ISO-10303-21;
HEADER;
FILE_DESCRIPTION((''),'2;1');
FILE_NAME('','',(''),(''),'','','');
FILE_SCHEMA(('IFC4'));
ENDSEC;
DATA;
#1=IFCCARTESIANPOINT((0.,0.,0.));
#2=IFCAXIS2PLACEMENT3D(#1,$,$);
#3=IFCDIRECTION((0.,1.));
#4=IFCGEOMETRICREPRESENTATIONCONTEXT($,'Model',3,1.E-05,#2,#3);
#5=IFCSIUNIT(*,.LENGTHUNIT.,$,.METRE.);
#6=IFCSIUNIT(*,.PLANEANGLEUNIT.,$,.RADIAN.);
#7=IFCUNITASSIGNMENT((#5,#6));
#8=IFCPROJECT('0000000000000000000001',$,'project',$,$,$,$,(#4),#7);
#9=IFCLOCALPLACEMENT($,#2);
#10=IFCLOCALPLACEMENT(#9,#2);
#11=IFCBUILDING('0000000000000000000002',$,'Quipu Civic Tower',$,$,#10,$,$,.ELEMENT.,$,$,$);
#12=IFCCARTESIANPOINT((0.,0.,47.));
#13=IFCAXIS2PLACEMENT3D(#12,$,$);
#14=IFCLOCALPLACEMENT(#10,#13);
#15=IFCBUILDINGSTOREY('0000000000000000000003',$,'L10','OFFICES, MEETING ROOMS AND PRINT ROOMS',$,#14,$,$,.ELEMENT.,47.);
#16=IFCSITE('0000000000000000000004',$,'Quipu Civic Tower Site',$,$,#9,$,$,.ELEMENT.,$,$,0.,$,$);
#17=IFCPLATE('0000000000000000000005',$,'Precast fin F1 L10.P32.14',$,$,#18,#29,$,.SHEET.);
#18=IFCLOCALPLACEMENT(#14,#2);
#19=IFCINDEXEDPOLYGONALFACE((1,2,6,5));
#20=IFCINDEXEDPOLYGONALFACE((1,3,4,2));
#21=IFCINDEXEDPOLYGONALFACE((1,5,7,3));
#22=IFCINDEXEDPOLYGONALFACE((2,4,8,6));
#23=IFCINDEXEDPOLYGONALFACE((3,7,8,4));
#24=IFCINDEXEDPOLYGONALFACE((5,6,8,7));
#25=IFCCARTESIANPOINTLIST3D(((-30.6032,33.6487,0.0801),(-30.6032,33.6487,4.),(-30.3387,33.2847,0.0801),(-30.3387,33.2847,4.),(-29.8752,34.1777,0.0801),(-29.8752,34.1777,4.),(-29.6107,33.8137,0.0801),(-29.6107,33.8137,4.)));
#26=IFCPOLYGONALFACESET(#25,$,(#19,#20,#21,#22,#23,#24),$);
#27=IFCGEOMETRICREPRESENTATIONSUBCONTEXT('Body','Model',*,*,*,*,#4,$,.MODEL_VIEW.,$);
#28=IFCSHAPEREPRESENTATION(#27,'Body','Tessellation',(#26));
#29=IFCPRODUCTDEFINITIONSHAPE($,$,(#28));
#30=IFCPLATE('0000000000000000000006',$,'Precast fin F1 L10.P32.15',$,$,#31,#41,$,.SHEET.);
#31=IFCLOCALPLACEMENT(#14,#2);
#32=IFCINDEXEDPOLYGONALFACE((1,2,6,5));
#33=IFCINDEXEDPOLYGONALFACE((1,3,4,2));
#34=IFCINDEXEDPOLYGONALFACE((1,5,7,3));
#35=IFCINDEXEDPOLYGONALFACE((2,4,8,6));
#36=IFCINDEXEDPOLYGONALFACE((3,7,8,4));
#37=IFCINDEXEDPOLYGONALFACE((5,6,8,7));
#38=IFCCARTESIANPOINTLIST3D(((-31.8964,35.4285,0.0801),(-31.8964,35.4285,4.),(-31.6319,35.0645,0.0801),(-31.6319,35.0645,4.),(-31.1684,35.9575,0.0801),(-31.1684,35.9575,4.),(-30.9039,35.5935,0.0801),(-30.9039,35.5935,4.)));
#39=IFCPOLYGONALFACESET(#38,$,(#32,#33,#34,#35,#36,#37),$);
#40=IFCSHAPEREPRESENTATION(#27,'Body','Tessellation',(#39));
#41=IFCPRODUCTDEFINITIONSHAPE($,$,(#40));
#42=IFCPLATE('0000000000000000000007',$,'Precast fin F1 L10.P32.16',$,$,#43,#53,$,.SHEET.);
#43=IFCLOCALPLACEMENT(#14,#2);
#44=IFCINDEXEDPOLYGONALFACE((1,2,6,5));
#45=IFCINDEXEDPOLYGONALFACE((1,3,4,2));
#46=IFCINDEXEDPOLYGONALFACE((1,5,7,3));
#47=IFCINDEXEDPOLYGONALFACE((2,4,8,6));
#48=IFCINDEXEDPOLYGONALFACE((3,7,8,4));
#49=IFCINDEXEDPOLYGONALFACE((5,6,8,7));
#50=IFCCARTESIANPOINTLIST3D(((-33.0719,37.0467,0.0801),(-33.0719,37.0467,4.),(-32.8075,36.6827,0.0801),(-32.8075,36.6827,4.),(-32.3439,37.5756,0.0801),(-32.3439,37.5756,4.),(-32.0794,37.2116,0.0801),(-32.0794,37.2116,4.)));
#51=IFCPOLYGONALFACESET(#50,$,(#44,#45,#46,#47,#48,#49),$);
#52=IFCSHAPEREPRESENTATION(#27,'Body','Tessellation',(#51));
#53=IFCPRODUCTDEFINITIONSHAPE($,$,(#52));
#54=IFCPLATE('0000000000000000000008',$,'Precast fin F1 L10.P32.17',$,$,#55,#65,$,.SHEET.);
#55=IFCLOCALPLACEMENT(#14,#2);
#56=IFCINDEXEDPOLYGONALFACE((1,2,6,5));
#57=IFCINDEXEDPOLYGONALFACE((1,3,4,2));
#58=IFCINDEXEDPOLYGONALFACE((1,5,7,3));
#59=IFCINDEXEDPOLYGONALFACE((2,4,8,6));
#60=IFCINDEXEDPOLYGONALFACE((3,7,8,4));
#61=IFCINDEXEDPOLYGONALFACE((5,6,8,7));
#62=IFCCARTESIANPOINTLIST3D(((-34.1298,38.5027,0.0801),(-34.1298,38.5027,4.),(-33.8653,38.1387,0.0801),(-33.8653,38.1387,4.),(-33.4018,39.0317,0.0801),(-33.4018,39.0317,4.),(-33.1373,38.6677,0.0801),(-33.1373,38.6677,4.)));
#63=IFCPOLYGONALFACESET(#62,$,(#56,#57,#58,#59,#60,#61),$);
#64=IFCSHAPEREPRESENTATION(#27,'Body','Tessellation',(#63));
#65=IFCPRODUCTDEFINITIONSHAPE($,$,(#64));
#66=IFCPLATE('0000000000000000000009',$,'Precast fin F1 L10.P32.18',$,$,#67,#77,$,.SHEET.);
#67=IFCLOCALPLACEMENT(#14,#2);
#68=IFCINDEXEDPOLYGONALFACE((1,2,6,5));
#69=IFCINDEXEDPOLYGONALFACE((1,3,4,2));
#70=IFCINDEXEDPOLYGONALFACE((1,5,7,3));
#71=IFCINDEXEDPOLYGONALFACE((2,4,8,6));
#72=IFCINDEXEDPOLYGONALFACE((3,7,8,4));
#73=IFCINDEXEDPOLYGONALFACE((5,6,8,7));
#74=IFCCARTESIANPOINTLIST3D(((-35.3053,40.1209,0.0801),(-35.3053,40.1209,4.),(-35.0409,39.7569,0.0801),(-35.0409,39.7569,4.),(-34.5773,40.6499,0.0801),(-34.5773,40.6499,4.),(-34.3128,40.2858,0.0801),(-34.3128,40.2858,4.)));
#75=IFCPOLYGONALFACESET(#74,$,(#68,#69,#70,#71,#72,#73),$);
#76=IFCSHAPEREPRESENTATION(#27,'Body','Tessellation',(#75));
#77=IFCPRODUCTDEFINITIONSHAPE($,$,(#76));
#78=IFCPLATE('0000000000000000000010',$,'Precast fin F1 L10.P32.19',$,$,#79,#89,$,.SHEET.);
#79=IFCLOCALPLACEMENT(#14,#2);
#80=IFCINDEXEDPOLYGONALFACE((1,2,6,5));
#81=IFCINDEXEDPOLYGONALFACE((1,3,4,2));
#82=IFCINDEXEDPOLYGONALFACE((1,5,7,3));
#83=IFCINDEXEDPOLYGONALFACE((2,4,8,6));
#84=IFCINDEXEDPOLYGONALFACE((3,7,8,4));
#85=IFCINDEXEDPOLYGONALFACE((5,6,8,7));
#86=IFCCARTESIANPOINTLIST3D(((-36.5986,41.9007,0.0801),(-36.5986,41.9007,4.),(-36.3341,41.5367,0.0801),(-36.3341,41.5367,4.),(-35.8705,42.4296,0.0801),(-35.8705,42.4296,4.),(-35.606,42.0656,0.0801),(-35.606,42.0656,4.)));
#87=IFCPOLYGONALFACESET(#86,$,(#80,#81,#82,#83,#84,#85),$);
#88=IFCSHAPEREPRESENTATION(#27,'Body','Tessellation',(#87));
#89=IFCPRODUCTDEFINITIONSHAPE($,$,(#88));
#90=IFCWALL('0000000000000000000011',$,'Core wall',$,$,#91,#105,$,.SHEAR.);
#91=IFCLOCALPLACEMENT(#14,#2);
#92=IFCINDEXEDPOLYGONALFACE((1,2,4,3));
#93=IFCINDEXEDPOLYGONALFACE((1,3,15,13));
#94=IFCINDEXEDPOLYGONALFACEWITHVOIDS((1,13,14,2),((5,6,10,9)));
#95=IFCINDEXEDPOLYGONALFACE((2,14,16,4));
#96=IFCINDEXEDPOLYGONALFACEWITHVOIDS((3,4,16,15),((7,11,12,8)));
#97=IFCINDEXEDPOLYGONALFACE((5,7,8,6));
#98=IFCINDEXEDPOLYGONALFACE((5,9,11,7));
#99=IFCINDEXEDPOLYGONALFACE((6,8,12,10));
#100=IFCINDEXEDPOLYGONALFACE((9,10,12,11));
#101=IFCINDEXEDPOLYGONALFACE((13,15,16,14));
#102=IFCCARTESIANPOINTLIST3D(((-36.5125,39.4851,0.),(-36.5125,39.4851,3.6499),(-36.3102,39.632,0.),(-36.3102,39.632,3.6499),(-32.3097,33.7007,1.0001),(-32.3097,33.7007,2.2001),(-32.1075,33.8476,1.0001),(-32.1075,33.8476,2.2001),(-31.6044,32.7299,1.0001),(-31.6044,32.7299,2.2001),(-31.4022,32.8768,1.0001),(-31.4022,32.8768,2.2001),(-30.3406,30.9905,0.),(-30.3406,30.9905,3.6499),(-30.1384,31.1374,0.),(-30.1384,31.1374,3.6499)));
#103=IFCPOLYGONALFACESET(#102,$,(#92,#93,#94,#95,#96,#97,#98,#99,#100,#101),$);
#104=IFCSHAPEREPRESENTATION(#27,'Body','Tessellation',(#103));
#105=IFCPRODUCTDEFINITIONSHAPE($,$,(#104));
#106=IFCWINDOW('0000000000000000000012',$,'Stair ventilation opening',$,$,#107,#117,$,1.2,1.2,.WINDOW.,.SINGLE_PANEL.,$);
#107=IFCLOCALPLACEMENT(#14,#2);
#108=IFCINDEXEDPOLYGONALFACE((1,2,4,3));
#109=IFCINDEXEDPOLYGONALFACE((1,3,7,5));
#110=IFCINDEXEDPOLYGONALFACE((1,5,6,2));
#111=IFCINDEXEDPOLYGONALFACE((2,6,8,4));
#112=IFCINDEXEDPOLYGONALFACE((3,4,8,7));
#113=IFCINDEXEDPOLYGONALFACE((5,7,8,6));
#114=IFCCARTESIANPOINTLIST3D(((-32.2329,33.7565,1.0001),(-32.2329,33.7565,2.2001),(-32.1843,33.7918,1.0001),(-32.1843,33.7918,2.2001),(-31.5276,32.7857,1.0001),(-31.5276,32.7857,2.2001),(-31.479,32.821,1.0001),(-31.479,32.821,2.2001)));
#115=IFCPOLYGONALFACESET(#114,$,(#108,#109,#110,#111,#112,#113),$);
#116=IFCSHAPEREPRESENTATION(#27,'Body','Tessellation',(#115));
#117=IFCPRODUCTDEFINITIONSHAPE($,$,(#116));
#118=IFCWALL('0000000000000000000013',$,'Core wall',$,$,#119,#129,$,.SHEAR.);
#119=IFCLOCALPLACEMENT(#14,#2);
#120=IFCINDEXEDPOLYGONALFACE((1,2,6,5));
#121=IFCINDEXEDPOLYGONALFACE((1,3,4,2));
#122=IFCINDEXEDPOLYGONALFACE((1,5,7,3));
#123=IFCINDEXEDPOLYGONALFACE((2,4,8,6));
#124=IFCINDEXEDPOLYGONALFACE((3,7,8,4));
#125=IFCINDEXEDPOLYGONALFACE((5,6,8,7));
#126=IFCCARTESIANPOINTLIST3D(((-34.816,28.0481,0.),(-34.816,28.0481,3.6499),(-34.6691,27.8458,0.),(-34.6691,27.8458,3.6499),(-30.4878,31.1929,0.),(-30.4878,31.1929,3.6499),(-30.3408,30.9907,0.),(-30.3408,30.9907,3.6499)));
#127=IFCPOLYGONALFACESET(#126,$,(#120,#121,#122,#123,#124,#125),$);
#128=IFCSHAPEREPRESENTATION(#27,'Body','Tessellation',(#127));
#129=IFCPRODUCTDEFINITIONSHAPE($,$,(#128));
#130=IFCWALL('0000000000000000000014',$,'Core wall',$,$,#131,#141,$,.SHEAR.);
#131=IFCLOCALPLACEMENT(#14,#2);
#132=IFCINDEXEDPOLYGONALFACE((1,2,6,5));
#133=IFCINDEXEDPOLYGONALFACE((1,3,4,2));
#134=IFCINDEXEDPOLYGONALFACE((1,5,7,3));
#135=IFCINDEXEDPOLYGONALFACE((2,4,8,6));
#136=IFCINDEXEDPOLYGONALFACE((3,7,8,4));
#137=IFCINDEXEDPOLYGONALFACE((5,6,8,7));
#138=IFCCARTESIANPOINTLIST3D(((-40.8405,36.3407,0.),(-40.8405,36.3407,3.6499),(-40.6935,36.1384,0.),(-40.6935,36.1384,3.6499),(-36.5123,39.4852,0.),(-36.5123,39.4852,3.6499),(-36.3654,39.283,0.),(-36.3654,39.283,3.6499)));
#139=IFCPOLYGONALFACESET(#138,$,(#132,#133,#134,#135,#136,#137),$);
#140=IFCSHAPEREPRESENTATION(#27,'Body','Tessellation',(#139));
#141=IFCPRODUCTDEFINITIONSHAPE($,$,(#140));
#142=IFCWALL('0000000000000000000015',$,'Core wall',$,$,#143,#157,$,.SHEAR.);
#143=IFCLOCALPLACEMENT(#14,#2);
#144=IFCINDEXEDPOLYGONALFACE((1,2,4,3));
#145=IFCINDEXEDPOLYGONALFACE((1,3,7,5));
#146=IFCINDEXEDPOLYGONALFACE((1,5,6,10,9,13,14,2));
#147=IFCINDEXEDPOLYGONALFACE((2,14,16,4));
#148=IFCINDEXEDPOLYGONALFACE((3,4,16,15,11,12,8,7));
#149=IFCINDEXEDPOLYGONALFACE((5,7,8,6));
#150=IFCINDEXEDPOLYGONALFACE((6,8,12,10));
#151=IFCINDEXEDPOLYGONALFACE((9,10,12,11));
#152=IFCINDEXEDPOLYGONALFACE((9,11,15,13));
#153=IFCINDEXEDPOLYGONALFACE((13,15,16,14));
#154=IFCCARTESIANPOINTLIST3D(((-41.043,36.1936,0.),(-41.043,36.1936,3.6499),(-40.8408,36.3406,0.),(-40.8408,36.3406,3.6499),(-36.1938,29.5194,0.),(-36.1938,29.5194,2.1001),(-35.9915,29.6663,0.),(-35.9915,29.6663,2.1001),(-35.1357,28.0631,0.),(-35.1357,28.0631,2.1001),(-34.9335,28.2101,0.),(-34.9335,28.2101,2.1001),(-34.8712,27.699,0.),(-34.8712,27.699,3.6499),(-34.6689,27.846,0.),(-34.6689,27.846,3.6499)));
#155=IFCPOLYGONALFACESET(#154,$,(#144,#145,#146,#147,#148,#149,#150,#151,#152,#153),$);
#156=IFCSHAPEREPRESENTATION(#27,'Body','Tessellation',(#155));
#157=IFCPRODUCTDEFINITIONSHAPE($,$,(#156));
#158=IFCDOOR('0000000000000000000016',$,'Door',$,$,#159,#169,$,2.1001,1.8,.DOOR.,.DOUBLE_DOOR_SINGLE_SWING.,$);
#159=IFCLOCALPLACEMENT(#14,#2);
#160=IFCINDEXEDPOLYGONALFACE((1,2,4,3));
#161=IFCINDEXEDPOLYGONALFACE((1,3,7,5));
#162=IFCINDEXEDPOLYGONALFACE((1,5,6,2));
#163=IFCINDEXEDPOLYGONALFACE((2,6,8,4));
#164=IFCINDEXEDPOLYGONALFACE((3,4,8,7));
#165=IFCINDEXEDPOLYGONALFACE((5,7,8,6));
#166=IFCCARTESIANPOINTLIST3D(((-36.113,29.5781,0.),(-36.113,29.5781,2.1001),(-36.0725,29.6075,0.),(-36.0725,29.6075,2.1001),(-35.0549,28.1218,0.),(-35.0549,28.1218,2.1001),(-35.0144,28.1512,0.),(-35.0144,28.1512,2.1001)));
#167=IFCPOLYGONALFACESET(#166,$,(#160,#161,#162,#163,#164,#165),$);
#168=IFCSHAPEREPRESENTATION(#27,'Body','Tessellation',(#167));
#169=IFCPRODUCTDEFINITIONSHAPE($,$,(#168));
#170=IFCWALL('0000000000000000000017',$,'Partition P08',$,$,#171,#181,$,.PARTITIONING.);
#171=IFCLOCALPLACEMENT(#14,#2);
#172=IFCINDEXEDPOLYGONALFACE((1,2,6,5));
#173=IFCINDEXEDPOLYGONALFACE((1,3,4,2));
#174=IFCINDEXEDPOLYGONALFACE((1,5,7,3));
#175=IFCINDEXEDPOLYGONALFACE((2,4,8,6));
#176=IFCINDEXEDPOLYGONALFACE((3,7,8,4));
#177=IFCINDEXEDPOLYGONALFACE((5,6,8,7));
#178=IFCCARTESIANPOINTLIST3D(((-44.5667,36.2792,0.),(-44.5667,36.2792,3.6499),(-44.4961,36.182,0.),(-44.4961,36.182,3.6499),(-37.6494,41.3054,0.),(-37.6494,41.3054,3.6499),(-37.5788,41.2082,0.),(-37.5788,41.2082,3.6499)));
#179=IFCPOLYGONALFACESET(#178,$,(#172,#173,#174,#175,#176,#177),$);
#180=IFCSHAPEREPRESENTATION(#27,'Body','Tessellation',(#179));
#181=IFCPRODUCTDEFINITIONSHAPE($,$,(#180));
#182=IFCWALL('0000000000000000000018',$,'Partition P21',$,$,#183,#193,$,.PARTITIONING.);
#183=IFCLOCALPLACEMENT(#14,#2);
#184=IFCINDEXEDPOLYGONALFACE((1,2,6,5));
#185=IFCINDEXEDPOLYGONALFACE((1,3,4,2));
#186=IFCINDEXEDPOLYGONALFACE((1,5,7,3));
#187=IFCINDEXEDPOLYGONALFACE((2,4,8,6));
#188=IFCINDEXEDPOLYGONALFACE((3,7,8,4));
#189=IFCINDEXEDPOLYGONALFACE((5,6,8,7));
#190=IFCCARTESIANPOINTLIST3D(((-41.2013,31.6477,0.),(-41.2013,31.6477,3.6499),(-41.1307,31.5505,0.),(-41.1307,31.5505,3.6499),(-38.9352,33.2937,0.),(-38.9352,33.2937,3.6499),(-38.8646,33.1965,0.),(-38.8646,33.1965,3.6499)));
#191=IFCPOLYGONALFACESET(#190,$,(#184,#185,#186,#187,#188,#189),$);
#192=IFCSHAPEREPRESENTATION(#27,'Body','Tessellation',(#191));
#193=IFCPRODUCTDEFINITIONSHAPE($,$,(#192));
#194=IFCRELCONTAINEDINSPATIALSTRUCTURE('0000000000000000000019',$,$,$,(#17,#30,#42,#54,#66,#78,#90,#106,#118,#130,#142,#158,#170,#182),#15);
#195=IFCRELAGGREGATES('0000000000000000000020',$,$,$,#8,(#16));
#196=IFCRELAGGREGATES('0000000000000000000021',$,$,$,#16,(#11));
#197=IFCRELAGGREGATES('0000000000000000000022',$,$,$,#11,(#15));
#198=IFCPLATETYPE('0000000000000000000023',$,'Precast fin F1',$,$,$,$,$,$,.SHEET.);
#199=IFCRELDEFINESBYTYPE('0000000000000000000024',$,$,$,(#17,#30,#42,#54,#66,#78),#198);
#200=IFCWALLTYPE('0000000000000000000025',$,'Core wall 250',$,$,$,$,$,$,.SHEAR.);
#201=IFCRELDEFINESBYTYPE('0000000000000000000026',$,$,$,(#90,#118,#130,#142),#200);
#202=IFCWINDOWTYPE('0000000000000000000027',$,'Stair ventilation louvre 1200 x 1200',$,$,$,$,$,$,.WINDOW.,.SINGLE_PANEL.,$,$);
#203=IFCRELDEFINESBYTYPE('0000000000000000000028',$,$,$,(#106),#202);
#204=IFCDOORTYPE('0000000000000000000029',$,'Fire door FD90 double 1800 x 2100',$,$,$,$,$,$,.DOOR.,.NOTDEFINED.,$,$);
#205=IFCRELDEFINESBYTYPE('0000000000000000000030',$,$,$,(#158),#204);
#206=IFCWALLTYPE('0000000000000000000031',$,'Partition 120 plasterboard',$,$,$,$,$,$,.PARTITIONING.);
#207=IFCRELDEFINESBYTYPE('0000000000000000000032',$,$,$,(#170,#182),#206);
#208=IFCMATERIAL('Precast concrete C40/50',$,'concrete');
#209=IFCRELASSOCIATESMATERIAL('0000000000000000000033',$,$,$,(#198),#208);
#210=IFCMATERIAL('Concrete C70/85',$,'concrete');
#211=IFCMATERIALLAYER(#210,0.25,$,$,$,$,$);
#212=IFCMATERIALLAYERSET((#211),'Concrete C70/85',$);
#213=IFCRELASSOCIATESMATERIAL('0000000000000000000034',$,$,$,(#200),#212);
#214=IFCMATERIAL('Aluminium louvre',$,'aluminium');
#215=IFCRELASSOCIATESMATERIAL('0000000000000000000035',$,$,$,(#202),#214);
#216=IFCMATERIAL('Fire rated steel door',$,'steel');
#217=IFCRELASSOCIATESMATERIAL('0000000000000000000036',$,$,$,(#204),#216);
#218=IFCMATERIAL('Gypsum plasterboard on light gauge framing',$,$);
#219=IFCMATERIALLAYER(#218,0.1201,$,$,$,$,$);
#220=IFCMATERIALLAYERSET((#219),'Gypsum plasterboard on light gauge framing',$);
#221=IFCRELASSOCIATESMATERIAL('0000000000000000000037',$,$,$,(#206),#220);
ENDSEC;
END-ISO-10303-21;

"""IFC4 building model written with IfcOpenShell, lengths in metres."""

from ifc_helpers import new_model, si_unit, direction, frame, frame_2d, origin, origin_2d, place, context, subcontext, project, spatial, rectangle, extrude, material, layer, layer_set, type_object, element, fill, save


model = new_model("IFC4")

# Units and contexts
model_context = context("Model", 3, precision=1e-05, world=origin(), true_north=direction((0.0, 1.0)))
body_context = subcontext(model_context, "Body", "Model", "MODEL_VIEW")
ifc_project = project(units=[si_unit("LENGTHUNIT", "METRE"), si_unit("PLANEANGLEUNIT", "RADIAN")], contexts=[model_context])

# Site, building, storey
site_placement = place(None, origin())
site = spatial("IfcSite", under=ifc_project, at=site_placement, Name="Quipu Civic Tower Site", CompositionType="ELEMENT", RefElevation=0.0)
building_placement = place(site_placement, origin())
building = spatial("IfcBuilding", under=site, at=building_placement, Name="Quipu Civic Tower", CompositionType="ELEMENT")
storey_placement = place(building_placement, frame((0.0, 0.0, 47.0)))
storey = spatial("IfcBuildingStorey", under=building, at=storey_placement, Name="L10", Description="OFFICES, MEETING ROOMS AND PRINT ROOMS", CompositionType="ELEMENT", Elevation=47.0)

# Plates
ifc_material_1 = material(Name="Precast concrete C40/50", Category="concrete")
plate_type_1 = type_object("IfcPlateType", Name="Precast fin F1", PredefinedType="SHEET", material=ifc_material_1)
for number, where, z_axis, x_axis, name in (
    (1, (-30.1069, 33.7312, 0.0801), (0.0, 0.0, 1.0), (-0.587785, 0.809017, 0.0), "Precast fin F1 L10.P32.14"),
    (2, (-31.4001, 35.511, 0.0801), (0.0, 0.0, 1.0), (-0.587785, 0.809017, 0.0), "Precast fin F1 L10.P32.15"),
    (3, (-32.5757, 37.1292, 0.0801), (0.0, 0.0, 1.0), (-0.587785, 0.809017, 0.0), "Precast fin F1 L10.P32.16"),
    (4, (-33.6335, 38.5852, 0.0801), (0.0, 0.0, 1.0), (-0.587785, 0.809017, 0.0), "Precast fin F1 L10.P32.17"),
    (5, (-34.8091, 40.2034, 0.0801), (0.0, 0.0, 1.0), (-0.587785, 0.809017, 0.0), "Precast fin F1 L10.P32.18"),
    (6, (-36.1023, 41.9832, 0.0801), (0.0, 0.0, 1.0), (-0.587785, 0.809017, 0.0), "Precast fin F1 L10.P32.19"),
):
    element("IfcPlate", number, at=place(storey_placement, frame(where, z_axis=z_axis, x_axis=x_axis)), inside=storey, type_object=plate_type_1, Name=name, PredefinedType="SHEET", context=body_context, shape_type="SweptSolid", body=[
        extrude(rectangle(XDim=0.45, YDim=0.8999, at=origin_2d()), origin(), (0.0, 0.0, 1.0), 3.9199),
    ])

# Wall, opening, window
ifc_material_2 = material(Name="Concrete C70/85", Category="concrete")
ifc_layer_1 = layer(ifc_material_2, 0.25)
ifc_layer_set_1 = layer_set([ifc_layer_1], Name="Concrete C70/85")
wall_type_1 = type_object("IfcWallType", Name="Core wall 250", PredefinedType="SHEAR", material=ifc_layer_set_1)
wall_1_placement = place(storey_placement, frame((-30.2395, 31.064, 0.0), z_axis=(0.0, 0.0, 1.0), x_axis=(-0.587796, 0.809009, 0.0)))
wall_1 = element("IfcWall", 7, at=wall_1_placement, inside=storey, type_object=wall_type_1, Name="Core wall", PredefinedType="SHEAR", context=body_context, shape_type="SweptSolid", body=[
    extrude(rectangle(XDim=10.5, YDim=0.25, at=frame_2d((5.25, 0.0))), origin(), (0.0, 0.0, 1.0), 3.6499),
])
opening_1_placement = place(wall_1_placement, frame((2.1499, 0.0, 1.0)))
opening_1 = element("IfcOpeningElement", 8, at=opening_1_placement, cuts=wall_1, PredefinedType="OPENING", context=body_context, shape_type="SweptSolid", body=[
    extrude(rectangle(XDim=1.2, YDim=1.2, at=frame_2d((0.6001, 0.6001))), frame((0.0, 0.135, 0.0), z_axis=(0.0, -1.0, 0.0), x_axis=(1.0, 0.0, 0.0)), (0.0, 0.0, 1.0), 0.27),
])
ifc_material_3 = material(Name="Aluminium louvre", Category="aluminium")
window_type = type_object("IfcWindowType", Name="Stair ventilation louvre 1200 x 1200", PartitioningType="SINGLE_PANEL", PredefinedType="WINDOW", material=ifc_material_3)
window_placement = place(opening_1_placement, origin())
window = element("IfcWindow", 9, at=window_placement, inside=storey, type_object=window_type, Name="Stair ventilation opening", OverallHeight=1.2, OverallWidth=1.2, PartitioningType="SINGLE_PANEL", PredefinedType="WINDOW", context=body_context, shape_type="SweptSolid", body=[
    extrude(rectangle(XDim=1.2, YDim=1.2, at=frame_2d((0.6001, 0.6001))), frame((0.0, 0.03, 0.0), z_axis=(0.0, -1.0, 0.0), x_axis=(1.0, 0.0, 0.0)), (0.0, 0.0, 1.0), 0.0601),
])
fill(opening_1, window)

# Walls
wall_2_placement = place(storey_placement, frame((-30.4143, 31.0918, 0.0), z_axis=(0.0, 0.0, 1.0), x_axis=(-0.808998, -0.587811, 0.0)))
element("IfcWall", 10, at=wall_2_placement, inside=storey, type_object=wall_type_1, Name="Core wall", PredefinedType="SHEAR", context=body_context, shape_type="SweptSolid", body=[
    extrude(rectangle(XDim=5.3501, YDim=0.25, at=frame_2d((2.675, 0.0))), origin(), (0.0, 0.0, 1.0), 3.6499),
])
wall_3_placement = place(storey_placement, frame((-36.439, 39.384, 0.0), z_axis=(0.0, 0.0, 1.0), x_axis=(-0.80902, -0.587781, 0.0)))
element("IfcWall", 11, at=wall_3_placement, inside=storey, type_object=wall_type_1, Name="Core wall", PredefinedType="SHEAR", context=body_context, shape_type="SweptSolid", body=[
    extrude(rectangle(XDim=5.3499, YDim=0.25, at=frame_2d((2.6748, 0.0))), origin(), (0.0, 0.0, 1.0), 3.6499),
])

# Wall, opening, door
wall_4_placement = place(storey_placement, frame((-40.9419, 36.2671, 0.0), z_axis=(0.0, 0.0, 1.0), x_axis=(0.587796, -0.809009, 0.0)))
wall_4 = element("IfcWall", 12, at=wall_4_placement, inside=storey, type_object=wall_type_1, Name="Core wall", PredefinedType="SHEAR", context=body_context, shape_type="SweptSolid", body=[
    extrude(rectangle(XDim=10.5, YDim=0.25, at=frame_2d((5.25, 0.0))), origin(), (0.0, 0.0, 1.0), 3.6499),
])
opening_2_placement = place(wall_4_placement, frame((8.25, 0.0, 0.0)))
opening_2 = element("IfcOpeningElement", 13, at=opening_2_placement, cuts=wall_4, PredefinedType="OPENING", context=body_context, shape_type="SweptSolid", body=[
    extrude(rectangle(XDim=1.8, YDim=2.1001, at=frame_2d((0.8999, 1.05))), frame((0.0, 0.135, 0.0), z_axis=(0.0, -1.0, 0.0), x_axis=(1.0, 0.0, 0.0)), (0.0, 0.0, 1.0), 0.27),
])
ifc_material_4 = material(Name="Fire rated steel door", Category="steel")
door_type = type_object("IfcDoorType", Name="Fire door FD90 double 1800 x 2100", OperationType="NOTDEFINED", PredefinedType="DOOR", material=ifc_material_4)
door_placement = place(opening_2_placement, origin())
door = element("IfcDoor", 14, at=door_placement, inside=storey, type_object=door_type, Name="Door", OperationType="DOUBLE_DOOR_SINGLE_SWING", OverallHeight=2.1001, OverallWidth=1.8, PredefinedType="DOOR", context=body_context, shape_type="SweptSolid", body=[
    extrude(rectangle(XDim=1.8, YDim=2.1001, at=frame_2d((0.8999, 1.05))), frame((0.0, 0.0249, 0.0), z_axis=(0.0, -1.0, 0.0), x_axis=(1.0, 0.0, 0.0)), (0.0, 0.0, 1.0), 0.05),
])
fill(opening_2, door)

# Walls
ifc_material_5 = material(Name="Gypsum plasterboard on light gauge framing")
ifc_layer_2 = layer(ifc_material_5, 0.1201)
ifc_layer_set_2 = layer_set([ifc_layer_2], Name="Gypsum plasterboard on light gauge framing")
wall_type_2 = type_object("IfcWallType", Name="Partition 120 plasterboard", PredefinedType="PARTITIONING", material=ifc_layer_set_2)
wall_5_placement = place(storey_placement, frame((-37.614, 41.2568, 0.0), z_axis=(0.0, 0.0, 1.0), x_axis=(-0.808992, -0.58782, 0.0)))
element("IfcWall", 15, at=wall_5_placement, inside=storey, type_object=wall_type_2, Name="Partition P08", PredefinedType="PARTITIONING", context=body_context, shape_type="SweptSolid", body=[
    extrude(rectangle(XDim=8.5505, YDim=0.1201, at=frame_2d((4.2754, 0.0))), origin(), (0.0, 0.0, 1.0), 3.6499),
])
wall_6_placement = place(storey_placement, frame((-41.166, 31.5991, 0.0), z_axis=(0.0, 0.0, 1.0), x_axis=(0.80909, 0.587684, 0.0)))
element("IfcWall", 16, at=wall_6_placement, inside=storey, type_object=wall_type_2, Name="Partition P21", PredefinedType="PARTITIONING", context=body_context, shape_type="SweptSolid", body=[
    extrude(rectangle(XDim=2.8008, YDim=0.1201, at=frame_2d((1.4004, 0.0))), origin(), (0.0, 0.0, 1.0), 3.6499),
])

save(model, "model.ifc")
